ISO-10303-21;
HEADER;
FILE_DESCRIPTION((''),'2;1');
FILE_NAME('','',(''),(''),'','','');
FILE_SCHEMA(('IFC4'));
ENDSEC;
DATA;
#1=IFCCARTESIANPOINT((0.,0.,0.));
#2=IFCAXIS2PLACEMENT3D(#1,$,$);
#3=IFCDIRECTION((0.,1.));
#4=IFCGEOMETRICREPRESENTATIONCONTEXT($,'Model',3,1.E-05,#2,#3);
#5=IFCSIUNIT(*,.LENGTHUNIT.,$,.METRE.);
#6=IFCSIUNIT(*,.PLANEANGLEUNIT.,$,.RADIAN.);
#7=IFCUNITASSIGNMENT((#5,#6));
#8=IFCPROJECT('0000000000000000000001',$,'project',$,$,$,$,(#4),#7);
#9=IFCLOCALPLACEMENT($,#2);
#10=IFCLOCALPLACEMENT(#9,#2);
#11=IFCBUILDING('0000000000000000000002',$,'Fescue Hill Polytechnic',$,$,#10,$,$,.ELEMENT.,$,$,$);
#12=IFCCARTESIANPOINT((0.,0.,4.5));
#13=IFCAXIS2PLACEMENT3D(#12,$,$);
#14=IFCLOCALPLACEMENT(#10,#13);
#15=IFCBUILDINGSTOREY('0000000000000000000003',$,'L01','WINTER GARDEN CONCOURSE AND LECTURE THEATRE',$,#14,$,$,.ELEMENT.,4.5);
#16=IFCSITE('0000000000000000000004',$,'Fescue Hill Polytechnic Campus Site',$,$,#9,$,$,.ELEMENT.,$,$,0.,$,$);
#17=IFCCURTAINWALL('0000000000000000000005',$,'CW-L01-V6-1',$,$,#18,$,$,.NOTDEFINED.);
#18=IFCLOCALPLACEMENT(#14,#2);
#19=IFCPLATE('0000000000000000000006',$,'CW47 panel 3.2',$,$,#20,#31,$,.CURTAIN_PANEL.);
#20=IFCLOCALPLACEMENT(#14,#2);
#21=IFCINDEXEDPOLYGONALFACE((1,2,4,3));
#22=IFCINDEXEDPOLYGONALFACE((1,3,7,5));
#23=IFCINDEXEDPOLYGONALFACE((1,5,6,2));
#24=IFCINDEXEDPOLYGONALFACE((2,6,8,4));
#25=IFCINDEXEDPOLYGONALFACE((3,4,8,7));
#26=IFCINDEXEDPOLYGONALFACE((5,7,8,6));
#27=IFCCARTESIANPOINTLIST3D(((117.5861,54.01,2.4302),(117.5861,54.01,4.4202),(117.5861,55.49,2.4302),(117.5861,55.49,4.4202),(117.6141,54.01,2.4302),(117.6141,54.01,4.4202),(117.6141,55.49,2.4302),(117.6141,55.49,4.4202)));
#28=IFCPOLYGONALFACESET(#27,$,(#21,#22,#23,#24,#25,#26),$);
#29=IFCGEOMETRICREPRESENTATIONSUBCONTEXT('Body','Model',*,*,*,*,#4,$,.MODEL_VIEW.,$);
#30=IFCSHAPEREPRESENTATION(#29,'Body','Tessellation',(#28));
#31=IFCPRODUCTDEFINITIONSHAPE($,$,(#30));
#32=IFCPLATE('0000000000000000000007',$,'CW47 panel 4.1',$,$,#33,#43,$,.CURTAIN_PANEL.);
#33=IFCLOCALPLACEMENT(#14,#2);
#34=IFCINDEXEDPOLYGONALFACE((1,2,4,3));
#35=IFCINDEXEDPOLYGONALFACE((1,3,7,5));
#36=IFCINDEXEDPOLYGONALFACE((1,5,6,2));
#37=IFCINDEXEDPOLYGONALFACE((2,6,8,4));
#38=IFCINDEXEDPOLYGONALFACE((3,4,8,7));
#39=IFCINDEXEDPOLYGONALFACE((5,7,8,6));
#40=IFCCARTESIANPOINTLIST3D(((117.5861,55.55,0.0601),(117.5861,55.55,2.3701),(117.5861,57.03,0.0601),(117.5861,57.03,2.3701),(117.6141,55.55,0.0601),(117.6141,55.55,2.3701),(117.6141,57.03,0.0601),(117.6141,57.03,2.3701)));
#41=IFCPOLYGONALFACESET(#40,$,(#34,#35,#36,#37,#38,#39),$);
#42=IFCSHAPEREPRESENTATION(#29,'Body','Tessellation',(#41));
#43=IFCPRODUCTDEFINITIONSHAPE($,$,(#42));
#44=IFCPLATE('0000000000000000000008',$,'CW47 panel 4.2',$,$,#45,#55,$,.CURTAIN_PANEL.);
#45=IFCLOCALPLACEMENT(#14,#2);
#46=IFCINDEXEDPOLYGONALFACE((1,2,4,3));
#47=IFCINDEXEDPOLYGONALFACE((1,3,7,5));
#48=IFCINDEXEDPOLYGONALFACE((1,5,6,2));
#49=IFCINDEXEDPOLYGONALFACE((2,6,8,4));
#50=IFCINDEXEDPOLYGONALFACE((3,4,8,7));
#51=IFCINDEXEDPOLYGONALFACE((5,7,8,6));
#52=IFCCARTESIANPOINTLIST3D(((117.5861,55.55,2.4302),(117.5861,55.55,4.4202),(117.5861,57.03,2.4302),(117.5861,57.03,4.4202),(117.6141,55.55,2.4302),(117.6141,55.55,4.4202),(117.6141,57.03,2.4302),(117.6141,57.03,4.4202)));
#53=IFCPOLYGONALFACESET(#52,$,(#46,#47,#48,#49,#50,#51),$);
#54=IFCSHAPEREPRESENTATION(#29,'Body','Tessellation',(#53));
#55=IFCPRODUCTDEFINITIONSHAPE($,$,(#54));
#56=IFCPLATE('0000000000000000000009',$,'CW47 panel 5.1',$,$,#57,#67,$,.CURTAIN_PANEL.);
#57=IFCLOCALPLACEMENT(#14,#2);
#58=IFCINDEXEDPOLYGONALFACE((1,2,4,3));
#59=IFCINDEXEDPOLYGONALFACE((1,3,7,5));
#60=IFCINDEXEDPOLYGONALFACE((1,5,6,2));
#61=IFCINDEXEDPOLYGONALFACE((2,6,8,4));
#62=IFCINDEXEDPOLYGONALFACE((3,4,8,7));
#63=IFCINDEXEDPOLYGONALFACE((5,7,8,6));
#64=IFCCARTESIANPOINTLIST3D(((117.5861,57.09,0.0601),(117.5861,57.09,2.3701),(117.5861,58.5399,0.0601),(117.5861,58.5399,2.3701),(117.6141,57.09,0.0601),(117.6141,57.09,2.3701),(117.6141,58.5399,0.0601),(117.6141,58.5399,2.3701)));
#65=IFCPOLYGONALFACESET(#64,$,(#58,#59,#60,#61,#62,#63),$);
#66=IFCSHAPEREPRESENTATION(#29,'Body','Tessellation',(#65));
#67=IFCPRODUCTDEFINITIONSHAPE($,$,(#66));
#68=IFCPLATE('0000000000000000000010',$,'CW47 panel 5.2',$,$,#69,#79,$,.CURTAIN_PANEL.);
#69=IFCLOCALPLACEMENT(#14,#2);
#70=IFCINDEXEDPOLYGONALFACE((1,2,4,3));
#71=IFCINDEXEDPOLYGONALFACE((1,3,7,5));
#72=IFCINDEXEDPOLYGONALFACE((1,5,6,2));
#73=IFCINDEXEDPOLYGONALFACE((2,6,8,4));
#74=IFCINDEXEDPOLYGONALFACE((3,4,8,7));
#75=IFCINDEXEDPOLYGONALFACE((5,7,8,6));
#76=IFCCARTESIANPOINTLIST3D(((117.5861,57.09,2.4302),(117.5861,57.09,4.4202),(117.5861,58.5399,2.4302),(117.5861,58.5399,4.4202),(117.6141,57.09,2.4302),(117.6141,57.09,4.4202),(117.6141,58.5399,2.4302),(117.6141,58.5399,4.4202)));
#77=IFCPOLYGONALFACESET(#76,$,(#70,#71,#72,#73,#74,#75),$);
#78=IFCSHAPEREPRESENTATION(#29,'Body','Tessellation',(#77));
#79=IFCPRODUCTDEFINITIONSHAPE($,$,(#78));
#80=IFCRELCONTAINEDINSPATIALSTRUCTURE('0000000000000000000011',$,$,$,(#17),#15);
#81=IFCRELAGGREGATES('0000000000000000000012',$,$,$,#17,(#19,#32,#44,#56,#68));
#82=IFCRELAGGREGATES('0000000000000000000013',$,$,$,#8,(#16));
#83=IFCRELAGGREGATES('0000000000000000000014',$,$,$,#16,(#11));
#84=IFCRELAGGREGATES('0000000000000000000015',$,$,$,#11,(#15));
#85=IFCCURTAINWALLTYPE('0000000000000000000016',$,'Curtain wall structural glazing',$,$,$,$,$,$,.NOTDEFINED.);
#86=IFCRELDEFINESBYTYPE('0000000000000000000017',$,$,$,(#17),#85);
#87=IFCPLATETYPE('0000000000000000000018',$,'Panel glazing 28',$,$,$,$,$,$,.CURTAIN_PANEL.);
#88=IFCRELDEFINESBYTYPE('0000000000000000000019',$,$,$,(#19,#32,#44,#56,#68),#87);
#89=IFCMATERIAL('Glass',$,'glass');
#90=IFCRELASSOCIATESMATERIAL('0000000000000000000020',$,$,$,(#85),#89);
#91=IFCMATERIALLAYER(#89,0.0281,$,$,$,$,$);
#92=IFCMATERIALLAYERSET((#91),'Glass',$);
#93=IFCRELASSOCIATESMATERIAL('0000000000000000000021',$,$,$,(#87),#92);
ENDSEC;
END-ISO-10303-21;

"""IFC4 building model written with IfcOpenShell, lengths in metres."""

from ifc_helpers import new_model, si_unit, direction, frame, origin, origin_2d, place, context, subcontext, project, spatial, rectangle, extrude, material, layer, layer_set, type_object, element, aggregate, save


model = new_model("IFC4")

# Units and contexts
model_context = context("Model", 3, precision=1e-05, world=origin(), true_north=direction((0.0, 1.0)))
body_context = subcontext(model_context, "Body", "Model", "MODEL_VIEW")
ifc_project = project(units=[si_unit("LENGTHUNIT", "METRE"), si_unit("PLANEANGLEUNIT", "RADIAN")], contexts=[model_context])

# Site, building, storey
site_placement = place(None, origin())
site = spatial("IfcSite", under=ifc_project, at=site_placement, Name="Fescue Hill Polytechnic Campus Site", CompositionType="ELEMENT", RefElevation=0.0)
building_placement = place(site_placement, origin())
building = spatial("IfcBuilding", under=site, at=building_placement, Name="Fescue Hill Polytechnic", CompositionType="ELEMENT")
storey_placement = place(building_placement, frame((0.0, 0.0, 4.5)))
storey = spatial("IfcBuildingStorey", under=building, at=storey_placement, Name="L01", Description="WINTER GARDEN CONCOURSE AND LECTURE THEATRE", CompositionType="ELEMENT", Elevation=4.5)

# Curtain wall
ifc_material_1 = material(Name="Glass", Category="glass")
curtain_wall_type = type_object("IfcCurtainWallType", Name="Curtain wall structural glazing", PredefinedType="NOTDEFINED", material=ifc_material_1)
curtain_wall_1_placement = place(storey_placement, origin())
curtain_wall_1 = element("IfcCurtainWall", 1, at=curtain_wall_1_placement, inside=storey, type_object=curtain_wall_type, Name="CW-L01-V6-1", PredefinedType="NOTDEFINED")

# Plates
ifc_layer = layer(ifc_material_1, 0.0281)
ifc_layer_set = layer_set([ifc_layer], Name="Glass")
plate_type = type_object("IfcPlateType", Name="Panel glazing 28", PredefinedType="CURTAIN_PANEL", material=ifc_layer_set)
plate_1_placement = place(storey_placement, frame((117.6001, 54.75, 2.4302), z_axis=(0.0, 0.0, 1.0), x_axis=(0.0, 1.0, 0.0)))
plate_1 = element("IfcPlate", 2, at=plate_1_placement, type_object=plate_type, Name="CW47 panel 3.2", PredefinedType="CURTAIN_PANEL", context=body_context, shape_type="SweptSolid", body=[
    extrude(rectangle(XDim=1.48, YDim=0.0281, at=origin_2d()), origin(), (0.0, 0.0, 1.0), 1.99),
])
plate_2_placement = place(storey_placement, frame((117.6001, 56.29, 0.0601), z_axis=(0.0, 0.0, 1.0), x_axis=(0.0, 1.0, 0.0)))
plate_2 = element("IfcPlate", 3, at=plate_2_placement, type_object=plate_type, Name="CW47 panel 4.1", PredefinedType="CURTAIN_PANEL", context=body_context, shape_type="SweptSolid", body=[
    extrude(rectangle(XDim=1.48, YDim=0.0281, at=origin_2d()), origin(), (0.0, 0.0, 1.0), 2.3101),
])
plate_3_placement = place(storey_placement, frame((117.6001, 56.29, 2.4302), z_axis=(0.0, 0.0, 1.0), x_axis=(0.0, 1.0, 0.0)))
plate_3 = element("IfcPlate", 4, at=plate_3_placement, type_object=plate_type, Name="CW47 panel 4.2", PredefinedType="CURTAIN_PANEL", context=body_context, shape_type="SweptSolid", body=[
    extrude(rectangle(XDim=1.48, YDim=0.0281, at=origin_2d()), origin(), (0.0, 0.0, 1.0), 1.99),
])
plate_4_placement = place(storey_placement, frame((117.6001, 57.8149, 0.0601), z_axis=(0.0, 0.0, 1.0), x_axis=(0.0, 1.0, 0.0)))
plate_4 = element("IfcPlate", 5, at=plate_4_placement, type_object=plate_type, Name="CW47 panel 5.1", PredefinedType="CURTAIN_PANEL", context=body_context, shape_type="SweptSolid", body=[
    extrude(rectangle(XDim=1.45, YDim=0.0281, at=origin_2d()), origin(), (0.0, 0.0, 1.0), 2.3101),
])
plate_5_placement = place(storey_placement, frame((117.6001, 57.8149, 2.4302), z_axis=(0.0, 0.0, 1.0), x_axis=(0.0, 1.0, 0.0)))
plate_5 = element("IfcPlate", 6, at=plate_5_placement, type_object=plate_type, Name="CW47 panel 5.2", PredefinedType="CURTAIN_PANEL", context=body_context, shape_type="SweptSolid", body=[
    extrude(rectangle(XDim=1.45, YDim=0.0281, at=origin_2d()), origin(), (0.0, 0.0, 1.0), 1.99),
])
aggregate(curtain_wall_1, [plate_1, plate_2, plate_3, plate_4, plate_5])

save(model, "model.ifc")
